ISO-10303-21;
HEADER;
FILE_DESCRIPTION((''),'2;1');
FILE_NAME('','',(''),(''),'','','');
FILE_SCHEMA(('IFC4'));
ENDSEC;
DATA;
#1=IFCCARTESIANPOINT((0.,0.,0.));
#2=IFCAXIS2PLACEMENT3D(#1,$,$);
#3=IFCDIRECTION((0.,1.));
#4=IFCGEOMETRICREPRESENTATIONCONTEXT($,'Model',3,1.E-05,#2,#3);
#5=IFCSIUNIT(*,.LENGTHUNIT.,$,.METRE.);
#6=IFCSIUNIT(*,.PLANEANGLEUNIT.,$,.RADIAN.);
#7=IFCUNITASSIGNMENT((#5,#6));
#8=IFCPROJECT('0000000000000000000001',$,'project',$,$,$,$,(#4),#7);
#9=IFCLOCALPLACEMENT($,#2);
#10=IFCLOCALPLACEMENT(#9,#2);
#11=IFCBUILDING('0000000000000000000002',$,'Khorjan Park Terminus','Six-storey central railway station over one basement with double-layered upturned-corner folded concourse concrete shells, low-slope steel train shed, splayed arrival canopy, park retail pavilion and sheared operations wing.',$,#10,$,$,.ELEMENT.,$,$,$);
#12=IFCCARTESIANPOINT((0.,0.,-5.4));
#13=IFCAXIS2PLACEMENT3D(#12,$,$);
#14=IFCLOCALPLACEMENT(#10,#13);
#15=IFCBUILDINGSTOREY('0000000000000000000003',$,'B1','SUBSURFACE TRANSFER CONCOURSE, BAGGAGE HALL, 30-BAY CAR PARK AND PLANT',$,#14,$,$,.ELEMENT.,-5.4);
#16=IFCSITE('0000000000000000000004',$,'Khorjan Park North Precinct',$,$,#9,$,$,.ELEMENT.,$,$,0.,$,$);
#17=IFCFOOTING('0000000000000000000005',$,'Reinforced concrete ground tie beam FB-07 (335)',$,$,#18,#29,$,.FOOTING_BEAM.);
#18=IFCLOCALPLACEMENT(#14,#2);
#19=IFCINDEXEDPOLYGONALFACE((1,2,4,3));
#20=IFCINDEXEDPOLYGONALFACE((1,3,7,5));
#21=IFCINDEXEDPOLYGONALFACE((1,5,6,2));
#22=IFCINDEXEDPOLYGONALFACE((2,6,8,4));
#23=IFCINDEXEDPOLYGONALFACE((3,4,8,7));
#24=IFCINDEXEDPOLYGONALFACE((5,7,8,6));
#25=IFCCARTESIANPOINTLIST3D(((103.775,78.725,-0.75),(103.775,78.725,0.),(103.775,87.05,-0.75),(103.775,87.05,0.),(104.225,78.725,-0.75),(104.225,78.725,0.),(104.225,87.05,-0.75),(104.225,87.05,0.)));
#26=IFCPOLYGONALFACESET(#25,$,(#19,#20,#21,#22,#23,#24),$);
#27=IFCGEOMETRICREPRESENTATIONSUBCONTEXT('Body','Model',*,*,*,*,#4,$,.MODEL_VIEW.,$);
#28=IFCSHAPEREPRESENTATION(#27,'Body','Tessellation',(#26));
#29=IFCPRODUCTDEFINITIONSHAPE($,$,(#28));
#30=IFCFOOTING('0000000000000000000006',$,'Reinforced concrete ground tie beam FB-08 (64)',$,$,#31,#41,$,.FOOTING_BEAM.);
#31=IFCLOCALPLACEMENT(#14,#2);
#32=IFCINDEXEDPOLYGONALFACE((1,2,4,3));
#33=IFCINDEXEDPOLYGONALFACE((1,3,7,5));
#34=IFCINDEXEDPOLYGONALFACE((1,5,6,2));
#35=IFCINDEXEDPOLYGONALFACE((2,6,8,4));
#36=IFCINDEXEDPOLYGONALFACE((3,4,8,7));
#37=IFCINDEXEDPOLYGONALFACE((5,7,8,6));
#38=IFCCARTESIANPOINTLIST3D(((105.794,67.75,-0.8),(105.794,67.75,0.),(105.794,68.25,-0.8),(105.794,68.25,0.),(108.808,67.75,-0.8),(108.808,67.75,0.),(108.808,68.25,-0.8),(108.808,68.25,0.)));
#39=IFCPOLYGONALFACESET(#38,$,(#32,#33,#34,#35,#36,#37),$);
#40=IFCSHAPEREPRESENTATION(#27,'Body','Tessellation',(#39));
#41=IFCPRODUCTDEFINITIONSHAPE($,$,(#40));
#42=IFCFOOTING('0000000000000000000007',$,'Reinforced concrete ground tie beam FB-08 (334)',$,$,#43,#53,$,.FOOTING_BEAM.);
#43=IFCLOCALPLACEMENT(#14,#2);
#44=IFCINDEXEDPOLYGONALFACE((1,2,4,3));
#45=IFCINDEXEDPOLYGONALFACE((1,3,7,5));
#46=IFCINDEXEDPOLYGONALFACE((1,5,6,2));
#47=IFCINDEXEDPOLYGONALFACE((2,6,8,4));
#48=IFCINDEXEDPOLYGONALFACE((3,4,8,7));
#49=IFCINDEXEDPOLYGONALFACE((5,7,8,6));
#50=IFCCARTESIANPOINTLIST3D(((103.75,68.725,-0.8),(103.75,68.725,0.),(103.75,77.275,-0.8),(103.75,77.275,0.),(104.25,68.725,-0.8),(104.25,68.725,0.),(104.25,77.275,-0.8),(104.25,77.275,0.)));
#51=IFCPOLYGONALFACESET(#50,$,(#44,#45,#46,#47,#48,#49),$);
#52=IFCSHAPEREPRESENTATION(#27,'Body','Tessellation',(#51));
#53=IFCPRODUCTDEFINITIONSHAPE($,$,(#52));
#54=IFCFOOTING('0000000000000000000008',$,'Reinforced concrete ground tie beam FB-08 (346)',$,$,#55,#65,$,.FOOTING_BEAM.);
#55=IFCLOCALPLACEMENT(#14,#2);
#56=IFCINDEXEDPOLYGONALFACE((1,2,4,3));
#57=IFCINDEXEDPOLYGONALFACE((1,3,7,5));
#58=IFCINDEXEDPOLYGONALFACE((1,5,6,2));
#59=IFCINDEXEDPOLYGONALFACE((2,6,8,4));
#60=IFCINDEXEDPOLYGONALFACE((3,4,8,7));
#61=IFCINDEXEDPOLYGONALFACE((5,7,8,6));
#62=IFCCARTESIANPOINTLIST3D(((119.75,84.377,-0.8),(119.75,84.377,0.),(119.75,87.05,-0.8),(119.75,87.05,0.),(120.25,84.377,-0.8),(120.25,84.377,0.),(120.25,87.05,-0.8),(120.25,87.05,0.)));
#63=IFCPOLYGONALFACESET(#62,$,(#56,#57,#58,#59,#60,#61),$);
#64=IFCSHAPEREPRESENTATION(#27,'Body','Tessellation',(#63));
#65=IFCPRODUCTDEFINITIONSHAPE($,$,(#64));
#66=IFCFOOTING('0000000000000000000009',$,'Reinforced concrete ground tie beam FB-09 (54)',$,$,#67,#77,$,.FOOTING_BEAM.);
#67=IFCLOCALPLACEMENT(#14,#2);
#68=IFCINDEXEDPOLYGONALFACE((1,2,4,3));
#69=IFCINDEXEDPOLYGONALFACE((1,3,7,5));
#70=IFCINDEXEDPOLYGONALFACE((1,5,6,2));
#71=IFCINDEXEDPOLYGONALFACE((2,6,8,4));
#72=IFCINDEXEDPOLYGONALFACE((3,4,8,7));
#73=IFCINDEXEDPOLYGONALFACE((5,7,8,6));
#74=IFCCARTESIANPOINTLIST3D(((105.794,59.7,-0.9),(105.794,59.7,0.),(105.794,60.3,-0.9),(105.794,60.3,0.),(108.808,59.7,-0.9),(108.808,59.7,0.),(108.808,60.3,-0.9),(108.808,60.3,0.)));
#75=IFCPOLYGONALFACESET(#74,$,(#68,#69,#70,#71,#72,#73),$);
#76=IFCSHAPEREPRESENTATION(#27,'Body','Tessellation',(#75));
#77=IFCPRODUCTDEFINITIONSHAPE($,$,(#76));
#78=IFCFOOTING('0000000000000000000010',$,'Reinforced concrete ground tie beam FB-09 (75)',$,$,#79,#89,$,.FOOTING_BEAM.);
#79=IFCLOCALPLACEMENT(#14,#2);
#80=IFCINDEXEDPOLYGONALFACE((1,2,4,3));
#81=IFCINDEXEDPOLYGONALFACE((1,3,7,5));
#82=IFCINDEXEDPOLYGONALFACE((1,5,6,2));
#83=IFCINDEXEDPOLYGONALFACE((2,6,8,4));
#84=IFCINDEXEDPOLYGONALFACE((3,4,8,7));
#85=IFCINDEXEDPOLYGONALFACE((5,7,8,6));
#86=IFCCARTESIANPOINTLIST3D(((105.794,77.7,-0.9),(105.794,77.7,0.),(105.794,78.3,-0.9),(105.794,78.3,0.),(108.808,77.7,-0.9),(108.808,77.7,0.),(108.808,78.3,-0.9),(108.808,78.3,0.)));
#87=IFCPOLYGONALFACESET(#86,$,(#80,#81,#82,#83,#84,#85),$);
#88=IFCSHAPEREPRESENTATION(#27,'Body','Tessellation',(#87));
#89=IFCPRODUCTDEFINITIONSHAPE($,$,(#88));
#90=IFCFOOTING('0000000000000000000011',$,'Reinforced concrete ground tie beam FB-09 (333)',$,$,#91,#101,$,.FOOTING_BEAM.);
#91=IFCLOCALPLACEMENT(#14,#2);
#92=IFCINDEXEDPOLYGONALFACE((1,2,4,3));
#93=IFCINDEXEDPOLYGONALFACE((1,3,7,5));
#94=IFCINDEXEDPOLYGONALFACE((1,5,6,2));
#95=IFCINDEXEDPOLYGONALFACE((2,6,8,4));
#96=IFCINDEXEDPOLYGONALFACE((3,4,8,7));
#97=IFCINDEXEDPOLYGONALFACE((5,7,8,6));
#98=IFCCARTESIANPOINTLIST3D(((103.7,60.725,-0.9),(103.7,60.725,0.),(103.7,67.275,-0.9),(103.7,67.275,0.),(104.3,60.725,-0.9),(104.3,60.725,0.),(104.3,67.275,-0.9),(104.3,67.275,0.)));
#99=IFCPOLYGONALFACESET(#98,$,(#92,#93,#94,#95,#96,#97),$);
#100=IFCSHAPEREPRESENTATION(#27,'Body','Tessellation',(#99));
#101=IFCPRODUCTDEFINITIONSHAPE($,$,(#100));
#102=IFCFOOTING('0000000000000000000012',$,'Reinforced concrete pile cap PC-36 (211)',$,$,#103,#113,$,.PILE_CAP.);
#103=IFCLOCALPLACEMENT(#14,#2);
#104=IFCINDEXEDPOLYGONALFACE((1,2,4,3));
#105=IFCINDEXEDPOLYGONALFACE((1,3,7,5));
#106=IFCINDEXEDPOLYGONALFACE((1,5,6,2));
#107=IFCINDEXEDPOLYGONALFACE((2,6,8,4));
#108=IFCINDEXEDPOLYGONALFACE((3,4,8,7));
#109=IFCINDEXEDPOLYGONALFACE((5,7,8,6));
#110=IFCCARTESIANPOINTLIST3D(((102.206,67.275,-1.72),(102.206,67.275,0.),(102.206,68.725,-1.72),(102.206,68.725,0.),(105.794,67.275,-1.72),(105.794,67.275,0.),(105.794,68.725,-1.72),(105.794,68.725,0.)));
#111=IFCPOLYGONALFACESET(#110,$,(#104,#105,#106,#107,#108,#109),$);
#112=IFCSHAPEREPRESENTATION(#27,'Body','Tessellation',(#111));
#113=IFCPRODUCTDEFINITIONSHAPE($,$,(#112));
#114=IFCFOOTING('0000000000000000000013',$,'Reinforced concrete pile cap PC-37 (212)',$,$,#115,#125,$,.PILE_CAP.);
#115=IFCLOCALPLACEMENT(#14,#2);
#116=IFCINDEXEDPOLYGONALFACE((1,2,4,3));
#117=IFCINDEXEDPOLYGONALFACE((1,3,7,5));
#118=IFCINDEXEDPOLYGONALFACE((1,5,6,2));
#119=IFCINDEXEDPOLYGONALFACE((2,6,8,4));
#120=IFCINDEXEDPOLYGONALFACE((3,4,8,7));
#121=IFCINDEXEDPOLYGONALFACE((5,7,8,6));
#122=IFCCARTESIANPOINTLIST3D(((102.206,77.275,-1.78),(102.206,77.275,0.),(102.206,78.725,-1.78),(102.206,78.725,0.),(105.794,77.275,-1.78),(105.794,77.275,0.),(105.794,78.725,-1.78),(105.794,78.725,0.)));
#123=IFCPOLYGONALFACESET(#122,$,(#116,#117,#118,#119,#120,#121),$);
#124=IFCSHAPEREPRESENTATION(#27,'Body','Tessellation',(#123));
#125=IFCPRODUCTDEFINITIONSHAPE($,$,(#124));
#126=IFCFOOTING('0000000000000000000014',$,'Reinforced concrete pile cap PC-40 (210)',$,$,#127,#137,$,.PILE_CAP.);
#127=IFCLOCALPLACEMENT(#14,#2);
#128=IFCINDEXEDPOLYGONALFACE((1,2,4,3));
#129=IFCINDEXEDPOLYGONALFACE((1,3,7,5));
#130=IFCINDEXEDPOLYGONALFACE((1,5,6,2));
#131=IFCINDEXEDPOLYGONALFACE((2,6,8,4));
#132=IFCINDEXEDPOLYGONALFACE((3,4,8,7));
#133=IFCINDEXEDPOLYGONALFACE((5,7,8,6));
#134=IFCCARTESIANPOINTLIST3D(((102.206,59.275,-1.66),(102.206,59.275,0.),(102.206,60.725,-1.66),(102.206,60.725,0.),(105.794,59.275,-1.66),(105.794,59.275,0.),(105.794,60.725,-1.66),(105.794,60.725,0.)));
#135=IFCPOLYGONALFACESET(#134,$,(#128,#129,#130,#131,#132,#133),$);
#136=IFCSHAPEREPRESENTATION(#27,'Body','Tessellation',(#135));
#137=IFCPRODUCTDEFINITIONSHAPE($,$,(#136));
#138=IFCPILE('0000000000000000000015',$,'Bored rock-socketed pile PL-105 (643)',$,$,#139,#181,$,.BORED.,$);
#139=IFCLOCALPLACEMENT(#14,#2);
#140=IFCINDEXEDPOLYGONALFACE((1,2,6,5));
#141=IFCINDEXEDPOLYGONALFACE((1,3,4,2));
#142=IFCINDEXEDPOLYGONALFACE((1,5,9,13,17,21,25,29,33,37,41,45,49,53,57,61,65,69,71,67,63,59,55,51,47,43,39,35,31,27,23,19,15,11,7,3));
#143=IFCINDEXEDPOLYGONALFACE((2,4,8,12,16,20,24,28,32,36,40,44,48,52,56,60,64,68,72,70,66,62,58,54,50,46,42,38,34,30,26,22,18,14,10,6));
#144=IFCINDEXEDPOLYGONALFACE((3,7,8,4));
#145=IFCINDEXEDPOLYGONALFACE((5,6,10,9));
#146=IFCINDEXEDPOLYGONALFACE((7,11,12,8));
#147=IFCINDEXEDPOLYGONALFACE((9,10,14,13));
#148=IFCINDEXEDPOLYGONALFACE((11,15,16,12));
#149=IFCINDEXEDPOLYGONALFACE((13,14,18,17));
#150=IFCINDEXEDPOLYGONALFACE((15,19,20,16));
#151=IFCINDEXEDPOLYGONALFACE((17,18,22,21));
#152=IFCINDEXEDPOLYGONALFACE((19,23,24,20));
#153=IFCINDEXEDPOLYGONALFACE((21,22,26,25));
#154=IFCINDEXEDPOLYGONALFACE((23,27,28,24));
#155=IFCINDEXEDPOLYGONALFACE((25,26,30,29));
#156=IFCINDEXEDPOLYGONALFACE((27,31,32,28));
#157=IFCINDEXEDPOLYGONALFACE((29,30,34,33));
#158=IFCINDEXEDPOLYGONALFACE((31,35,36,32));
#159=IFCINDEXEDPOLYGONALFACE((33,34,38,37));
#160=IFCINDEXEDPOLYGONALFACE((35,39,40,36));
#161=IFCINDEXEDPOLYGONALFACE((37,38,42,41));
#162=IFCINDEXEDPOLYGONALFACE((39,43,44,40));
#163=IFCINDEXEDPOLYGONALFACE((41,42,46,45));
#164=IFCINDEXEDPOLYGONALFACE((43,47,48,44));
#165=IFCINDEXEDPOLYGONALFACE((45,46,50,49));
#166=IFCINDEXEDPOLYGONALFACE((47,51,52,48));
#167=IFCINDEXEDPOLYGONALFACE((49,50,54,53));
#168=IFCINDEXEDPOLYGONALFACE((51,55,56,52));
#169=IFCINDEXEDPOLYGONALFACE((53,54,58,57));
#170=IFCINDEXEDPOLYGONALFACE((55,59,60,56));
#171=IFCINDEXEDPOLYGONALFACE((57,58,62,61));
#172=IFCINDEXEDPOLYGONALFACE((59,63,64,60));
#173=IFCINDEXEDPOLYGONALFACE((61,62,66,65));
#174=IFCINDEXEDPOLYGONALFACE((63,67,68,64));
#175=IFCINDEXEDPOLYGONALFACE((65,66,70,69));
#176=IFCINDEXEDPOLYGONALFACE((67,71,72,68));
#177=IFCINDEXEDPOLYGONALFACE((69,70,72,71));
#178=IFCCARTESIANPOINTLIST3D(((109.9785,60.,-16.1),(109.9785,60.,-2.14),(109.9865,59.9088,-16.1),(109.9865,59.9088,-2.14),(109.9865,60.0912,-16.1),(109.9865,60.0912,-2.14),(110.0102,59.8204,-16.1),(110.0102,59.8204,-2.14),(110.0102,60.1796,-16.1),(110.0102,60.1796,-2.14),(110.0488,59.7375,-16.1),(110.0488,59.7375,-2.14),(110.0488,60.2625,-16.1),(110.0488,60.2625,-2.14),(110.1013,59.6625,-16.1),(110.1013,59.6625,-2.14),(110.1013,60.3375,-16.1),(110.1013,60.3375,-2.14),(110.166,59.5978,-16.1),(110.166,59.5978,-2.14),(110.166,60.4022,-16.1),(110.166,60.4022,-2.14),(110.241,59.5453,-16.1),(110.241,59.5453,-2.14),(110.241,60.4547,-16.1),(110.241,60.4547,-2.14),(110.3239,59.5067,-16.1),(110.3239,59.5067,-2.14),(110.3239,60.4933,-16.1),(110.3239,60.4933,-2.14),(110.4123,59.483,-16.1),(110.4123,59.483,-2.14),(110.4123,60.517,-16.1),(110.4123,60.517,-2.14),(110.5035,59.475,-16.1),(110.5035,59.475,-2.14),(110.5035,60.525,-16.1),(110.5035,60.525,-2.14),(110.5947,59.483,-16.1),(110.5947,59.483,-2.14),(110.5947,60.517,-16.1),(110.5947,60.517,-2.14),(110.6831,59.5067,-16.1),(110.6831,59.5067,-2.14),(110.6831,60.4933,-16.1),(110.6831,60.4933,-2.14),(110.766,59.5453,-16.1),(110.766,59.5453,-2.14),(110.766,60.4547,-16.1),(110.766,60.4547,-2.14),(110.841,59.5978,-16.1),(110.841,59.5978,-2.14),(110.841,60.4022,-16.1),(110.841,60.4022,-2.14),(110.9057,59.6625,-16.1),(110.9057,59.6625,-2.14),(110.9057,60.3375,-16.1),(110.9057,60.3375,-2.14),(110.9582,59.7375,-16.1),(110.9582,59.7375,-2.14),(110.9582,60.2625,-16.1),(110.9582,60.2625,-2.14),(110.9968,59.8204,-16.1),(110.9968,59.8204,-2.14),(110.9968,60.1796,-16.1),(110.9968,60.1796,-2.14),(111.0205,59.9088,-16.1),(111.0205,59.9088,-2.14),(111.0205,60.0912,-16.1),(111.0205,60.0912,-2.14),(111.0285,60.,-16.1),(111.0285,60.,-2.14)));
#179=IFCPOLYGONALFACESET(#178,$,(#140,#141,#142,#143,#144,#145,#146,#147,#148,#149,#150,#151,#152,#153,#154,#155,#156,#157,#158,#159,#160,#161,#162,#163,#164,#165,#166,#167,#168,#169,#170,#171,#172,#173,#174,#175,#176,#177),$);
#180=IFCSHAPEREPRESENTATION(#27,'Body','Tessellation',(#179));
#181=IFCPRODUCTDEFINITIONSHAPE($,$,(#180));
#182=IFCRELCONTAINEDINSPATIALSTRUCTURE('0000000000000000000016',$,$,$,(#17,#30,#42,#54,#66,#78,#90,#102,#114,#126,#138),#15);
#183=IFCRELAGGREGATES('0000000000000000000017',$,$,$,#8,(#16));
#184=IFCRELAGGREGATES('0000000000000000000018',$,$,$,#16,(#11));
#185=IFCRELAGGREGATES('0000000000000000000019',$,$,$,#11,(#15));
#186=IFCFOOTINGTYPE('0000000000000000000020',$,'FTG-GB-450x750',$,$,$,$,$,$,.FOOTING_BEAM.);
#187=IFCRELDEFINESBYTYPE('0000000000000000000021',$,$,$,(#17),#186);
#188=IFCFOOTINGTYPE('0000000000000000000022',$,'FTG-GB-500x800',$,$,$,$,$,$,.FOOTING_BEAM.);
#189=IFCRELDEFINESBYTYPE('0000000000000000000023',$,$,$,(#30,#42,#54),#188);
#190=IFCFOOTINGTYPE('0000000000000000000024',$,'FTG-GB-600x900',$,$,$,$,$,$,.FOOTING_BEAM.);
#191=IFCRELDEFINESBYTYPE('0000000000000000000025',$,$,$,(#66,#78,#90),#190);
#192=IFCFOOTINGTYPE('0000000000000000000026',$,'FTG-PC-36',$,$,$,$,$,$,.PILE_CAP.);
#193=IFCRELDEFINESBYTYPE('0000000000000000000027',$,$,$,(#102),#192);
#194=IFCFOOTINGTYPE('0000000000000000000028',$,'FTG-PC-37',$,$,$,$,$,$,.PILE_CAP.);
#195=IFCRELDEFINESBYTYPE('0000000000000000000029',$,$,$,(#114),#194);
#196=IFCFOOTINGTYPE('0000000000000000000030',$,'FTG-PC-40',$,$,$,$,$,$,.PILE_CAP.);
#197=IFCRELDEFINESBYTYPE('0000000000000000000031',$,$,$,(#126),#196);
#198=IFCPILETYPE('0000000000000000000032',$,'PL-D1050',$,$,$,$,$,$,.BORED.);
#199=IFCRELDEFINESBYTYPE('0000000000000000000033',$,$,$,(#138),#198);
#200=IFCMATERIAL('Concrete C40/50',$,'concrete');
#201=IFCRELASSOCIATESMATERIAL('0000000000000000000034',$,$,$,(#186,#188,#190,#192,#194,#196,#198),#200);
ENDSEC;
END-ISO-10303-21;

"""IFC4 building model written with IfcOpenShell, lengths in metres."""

from ifc_helpers import new_model, si_unit, direction, frame, origin, origin_2d, place, context, subcontext, project, spatial, rectangle, circle, extrude, material, material_profile, profile_set, type_object, element, save


model = new_model("IFC4")

# Units and contexts
model_context = context("Model", 3, precision=1e-05, world=origin(), true_north=direction((0.0, 1.0)))
body_context = subcontext(model_context, "Body", "Model", "MODEL_VIEW")
ifc_project = project(units=[si_unit("LENGTHUNIT", "METRE"), si_unit("PLANEANGLEUNIT", "RADIAN")], contexts=[model_context])

# Site, building, storey
site_placement = place(None, origin())
site = spatial("IfcSite", under=ifc_project, at=site_placement, Name="Khorjan Park North Precinct", CompositionType="ELEMENT", RefElevation=0.0)
building_placement = place(site_placement, origin())
building = spatial("IfcBuilding", under=site, at=building_placement, Name="Khorjan Park Terminus", Description="Six-storey central railway station over one basement with double-layered upturned-corner folded concourse concrete shells, low-slope steel train shed, splayed arrival canopy, park retail pavilion and sheared operations wing.", CompositionType="ELEMENT")
storey_placement = place(building_placement, frame((0.0, 0.0, -5.4)))
storey = spatial("IfcBuildingStorey", under=building, at=storey_placement, Name="B1", Description="SUBSURFACE TRANSFER CONCOURSE, BAGGAGE HALL, 30-BAY CAR PARK AND PLANT", CompositionType="ELEMENT", Elevation=-5.4)

# Footings
ifc_material_1 = material(Name="Concrete C40/50", Category="concrete")
ifc_material_profile_1 = material_profile(ifc_material_1, rectangle(XDim=0.45, YDim=0.75, at=origin_2d()), Name="RC 450x750")
ifc_profile_set_1 = profile_set([ifc_material_profile_1], Name="Concrete C40/50")
footing_type_1 = type_object("IfcFootingType", Name="FTG-GB-450x750", PredefinedType="FOOTING_BEAM", material=ifc_profile_set_1)
footing_1_placement = place(storey_placement, frame((104.0, 78.725, -0.375), z_axis=(0.0, 1.0, 0.0), x_axis=(-1.0, 0.0, 0.0)))
element("IfcFooting", 1, at=footing_1_placement, inside=storey, type_object=footing_type_1, Name="Reinforced concrete ground tie beam FB-07 (335)", PredefinedType="FOOTING_BEAM", context=body_context, shape_type="SweptSolid", body=[
    extrude(rectangle(XDim=0.45, YDim=0.75, at=origin_2d()), origin(), (0.0, 0.0, 1.0), 8.325),
])
ifc_material_profile_2 = material_profile(ifc_material_1, rectangle(XDim=0.5, YDim=0.8, at=origin_2d()), Name="RC 500x800")
ifc_profile_set_2 = profile_set([ifc_material_profile_2], Name="Concrete C40/50")
footing_type_2 = type_object("IfcFootingType", Name="FTG-GB-500x800", PredefinedType="FOOTING_BEAM", material=ifc_profile_set_2)
footing_2_placement = place(storey_placement, frame((105.794, 68.0, -0.4), z_axis=(1.0, 0.0, 0.0), x_axis=(0.0, 1.0, 0.0)))
element("IfcFooting", 2, at=footing_2_placement, inside=storey, type_object=footing_type_2, Name="Reinforced concrete ground tie beam FB-08 (64)", PredefinedType="FOOTING_BEAM", context=body_context, shape_type="SweptSolid", body=[
    extrude(rectangle(XDim=0.5, YDim=0.8, at=origin_2d()), origin(), (0.0, 0.0, 1.0), 3.014),
])
footing_3_placement = place(storey_placement, frame((104.0, 68.725, -0.4), z_axis=(0.0, 1.0, 0.0), x_axis=(-1.0, 0.0, 0.0)))
element("IfcFooting", 3, at=footing_3_placement, inside=storey, type_object=footing_type_2, Name="Reinforced concrete ground tie beam FB-08 (334)", PredefinedType="FOOTING_BEAM", context=body_context, shape_type="SweptSolid", body=[
    extrude(rectangle(XDim=0.5, YDim=0.8, at=origin_2d()), origin(), (0.0, 0.0, 1.0), 8.55),
])
footing_4_placement = place(storey_placement, frame((120.0, 84.377, -0.4), z_axis=(0.0, 1.0, 0.0), x_axis=(-1.0, 0.0, 0.0)))
element("IfcFooting", 4, at=footing_4_placement, inside=storey, type_object=footing_type_2, Name="Reinforced concrete ground tie beam FB-08 (346)", PredefinedType="FOOTING_BEAM", context=body_context, shape_type="SweptSolid", body=[
    extrude(rectangle(XDim=0.5, YDim=0.8, at=origin_2d()), origin(), (0.0, 0.0, 1.0), 2.673),
])
ifc_material_profile_3 = material_profile(ifc_material_1, rectangle(XDim=0.6, YDim=0.9, at=origin_2d()), Name="RC 600x900")
ifc_profile_set_3 = profile_set([ifc_material_profile_3], Name="Concrete C40/50")
footing_type_3 = type_object("IfcFootingType", Name="FTG-GB-600x900", PredefinedType="FOOTING_BEAM", material=ifc_profile_set_3)
for number, where, z_axis, x_axis, name in (
    (5, (105.794, 60.0, -0.45), (1.0, 0.0, 0.0), (0.0, 1.0, 0.0), "Reinforced concrete ground tie beam FB-09 (54)"),
    (6, (105.794, 78.0, -0.45), (1.0, 0.0, 0.0), (0.0, 1.0, 0.0), "Reinforced concrete ground tie beam FB-09 (75)"),
):
    element("IfcFooting", number, at=place(storey_placement, frame(where, z_axis=z_axis, x_axis=x_axis)), inside=storey, type_object=footing_type_3, Name=name, PredefinedType="FOOTING_BEAM", context=body_context, shape_type="SweptSolid", body=[
        extrude(rectangle(XDim=0.6, YDim=0.9, at=origin_2d()), origin(), (0.0, 0.0, 1.0), 3.014),
    ])
footing_5_placement = place(storey_placement, frame((104.0, 60.725, -0.45), z_axis=(0.0, 1.0, 0.0), x_axis=(-1.0, 0.0, 0.0)))
element("IfcFooting", 7, at=footing_5_placement, inside=storey, type_object=footing_type_3, Name="Reinforced concrete ground tie beam FB-09 (333)", PredefinedType="FOOTING_BEAM", context=body_context, shape_type="SweptSolid", body=[
    extrude(rectangle(XDim=0.6, YDim=0.9, at=origin_2d()), origin(), (0.0, 0.0, 1.0), 6.55),
])
footing_type_4 = type_object("IfcFootingType", Name="FTG-PC-36", PredefinedType="PILE_CAP", material=ifc_material_1)
footing_6_placement = place(storey_placement, frame((104.0, 68.0, -1.72), z_axis=(0.0, 0.0, 1.0), x_axis=(1.0, 0.0, 0.0)))
element("IfcFooting", 8, at=footing_6_placement, inside=storey, type_object=footing_type_4, Name="Reinforced concrete pile cap PC-36 (211)", PredefinedType="PILE_CAP", context=body_context, shape_type="SweptSolid", body=[
    extrude(rectangle(XDim=3.588, YDim=1.45, at=origin_2d()), origin(), (0.0, 0.0, 1.0), 1.72),
])
footing_type_5 = type_object("IfcFootingType", Name="FTG-PC-37", PredefinedType="PILE_CAP", material=ifc_material_1)
footing_7_placement = place(storey_placement, frame((104.0, 78.0, -1.78), z_axis=(0.0, 0.0, 1.0), x_axis=(1.0, 0.0, 0.0)))
element("IfcFooting", 9, at=footing_7_placement, inside=storey, type_object=footing_type_5, Name="Reinforced concrete pile cap PC-37 (212)", PredefinedType="PILE_CAP", context=body_context, shape_type="SweptSolid", body=[
    extrude(rectangle(XDim=3.588, YDim=1.45, at=origin_2d()), origin(), (0.0, 0.0, 1.0), 1.78),
])
footing_type_6 = type_object("IfcFootingType", Name="FTG-PC-40", PredefinedType="PILE_CAP", material=ifc_material_1)
footing_8_placement = place(storey_placement, frame((104.0, 60.0, -1.66), z_axis=(0.0, 0.0, 1.0), x_axis=(1.0, 0.0, 0.0)))
element("IfcFooting", 10, at=footing_8_placement, inside=storey, type_object=footing_type_6, Name="Reinforced concrete pile cap PC-40 (210)", PredefinedType="PILE_CAP", context=body_context, shape_type="SweptSolid", body=[
    extrude(rectangle(XDim=3.588, YDim=1.45, at=origin_2d()), origin(), (0.0, 0.0, 1.0), 1.66),
])

# Pile
ifc_material_profile_4 = material_profile(ifc_material_1, circle(Radius=0.525, at=origin_2d()), Name="BORED D1050")
ifc_profile_set_4 = profile_set([ifc_material_profile_4], Name="Concrete C40/50")
pile_type_1 = type_object("IfcPileType", Name="PL-D1050", PredefinedType="BORED", material=ifc_profile_set_4)
for number, where, z_axis, x_axis, name in (
    (11, (110.5035, 60.0, -2.14), (0.0, 0.0, -1.0), (1.0, 0.0, 0.0), "Bored rock-socketed pile PL-105 (643)"),
):
    element("IfcPile", number, at=place(storey_placement, frame(where, z_axis=z_axis, x_axis=x_axis)), inside=storey, type_object=pile_type_1, Name=name, PredefinedType="BORED", context=body_context, shape_type="SweptSolid", body=[
        extrude(circle(Radius=0.525, at=origin_2d()), origin(), (0.0, 0.0, 1.0), 13.96),
    ])

save(model, "model.ifc")
